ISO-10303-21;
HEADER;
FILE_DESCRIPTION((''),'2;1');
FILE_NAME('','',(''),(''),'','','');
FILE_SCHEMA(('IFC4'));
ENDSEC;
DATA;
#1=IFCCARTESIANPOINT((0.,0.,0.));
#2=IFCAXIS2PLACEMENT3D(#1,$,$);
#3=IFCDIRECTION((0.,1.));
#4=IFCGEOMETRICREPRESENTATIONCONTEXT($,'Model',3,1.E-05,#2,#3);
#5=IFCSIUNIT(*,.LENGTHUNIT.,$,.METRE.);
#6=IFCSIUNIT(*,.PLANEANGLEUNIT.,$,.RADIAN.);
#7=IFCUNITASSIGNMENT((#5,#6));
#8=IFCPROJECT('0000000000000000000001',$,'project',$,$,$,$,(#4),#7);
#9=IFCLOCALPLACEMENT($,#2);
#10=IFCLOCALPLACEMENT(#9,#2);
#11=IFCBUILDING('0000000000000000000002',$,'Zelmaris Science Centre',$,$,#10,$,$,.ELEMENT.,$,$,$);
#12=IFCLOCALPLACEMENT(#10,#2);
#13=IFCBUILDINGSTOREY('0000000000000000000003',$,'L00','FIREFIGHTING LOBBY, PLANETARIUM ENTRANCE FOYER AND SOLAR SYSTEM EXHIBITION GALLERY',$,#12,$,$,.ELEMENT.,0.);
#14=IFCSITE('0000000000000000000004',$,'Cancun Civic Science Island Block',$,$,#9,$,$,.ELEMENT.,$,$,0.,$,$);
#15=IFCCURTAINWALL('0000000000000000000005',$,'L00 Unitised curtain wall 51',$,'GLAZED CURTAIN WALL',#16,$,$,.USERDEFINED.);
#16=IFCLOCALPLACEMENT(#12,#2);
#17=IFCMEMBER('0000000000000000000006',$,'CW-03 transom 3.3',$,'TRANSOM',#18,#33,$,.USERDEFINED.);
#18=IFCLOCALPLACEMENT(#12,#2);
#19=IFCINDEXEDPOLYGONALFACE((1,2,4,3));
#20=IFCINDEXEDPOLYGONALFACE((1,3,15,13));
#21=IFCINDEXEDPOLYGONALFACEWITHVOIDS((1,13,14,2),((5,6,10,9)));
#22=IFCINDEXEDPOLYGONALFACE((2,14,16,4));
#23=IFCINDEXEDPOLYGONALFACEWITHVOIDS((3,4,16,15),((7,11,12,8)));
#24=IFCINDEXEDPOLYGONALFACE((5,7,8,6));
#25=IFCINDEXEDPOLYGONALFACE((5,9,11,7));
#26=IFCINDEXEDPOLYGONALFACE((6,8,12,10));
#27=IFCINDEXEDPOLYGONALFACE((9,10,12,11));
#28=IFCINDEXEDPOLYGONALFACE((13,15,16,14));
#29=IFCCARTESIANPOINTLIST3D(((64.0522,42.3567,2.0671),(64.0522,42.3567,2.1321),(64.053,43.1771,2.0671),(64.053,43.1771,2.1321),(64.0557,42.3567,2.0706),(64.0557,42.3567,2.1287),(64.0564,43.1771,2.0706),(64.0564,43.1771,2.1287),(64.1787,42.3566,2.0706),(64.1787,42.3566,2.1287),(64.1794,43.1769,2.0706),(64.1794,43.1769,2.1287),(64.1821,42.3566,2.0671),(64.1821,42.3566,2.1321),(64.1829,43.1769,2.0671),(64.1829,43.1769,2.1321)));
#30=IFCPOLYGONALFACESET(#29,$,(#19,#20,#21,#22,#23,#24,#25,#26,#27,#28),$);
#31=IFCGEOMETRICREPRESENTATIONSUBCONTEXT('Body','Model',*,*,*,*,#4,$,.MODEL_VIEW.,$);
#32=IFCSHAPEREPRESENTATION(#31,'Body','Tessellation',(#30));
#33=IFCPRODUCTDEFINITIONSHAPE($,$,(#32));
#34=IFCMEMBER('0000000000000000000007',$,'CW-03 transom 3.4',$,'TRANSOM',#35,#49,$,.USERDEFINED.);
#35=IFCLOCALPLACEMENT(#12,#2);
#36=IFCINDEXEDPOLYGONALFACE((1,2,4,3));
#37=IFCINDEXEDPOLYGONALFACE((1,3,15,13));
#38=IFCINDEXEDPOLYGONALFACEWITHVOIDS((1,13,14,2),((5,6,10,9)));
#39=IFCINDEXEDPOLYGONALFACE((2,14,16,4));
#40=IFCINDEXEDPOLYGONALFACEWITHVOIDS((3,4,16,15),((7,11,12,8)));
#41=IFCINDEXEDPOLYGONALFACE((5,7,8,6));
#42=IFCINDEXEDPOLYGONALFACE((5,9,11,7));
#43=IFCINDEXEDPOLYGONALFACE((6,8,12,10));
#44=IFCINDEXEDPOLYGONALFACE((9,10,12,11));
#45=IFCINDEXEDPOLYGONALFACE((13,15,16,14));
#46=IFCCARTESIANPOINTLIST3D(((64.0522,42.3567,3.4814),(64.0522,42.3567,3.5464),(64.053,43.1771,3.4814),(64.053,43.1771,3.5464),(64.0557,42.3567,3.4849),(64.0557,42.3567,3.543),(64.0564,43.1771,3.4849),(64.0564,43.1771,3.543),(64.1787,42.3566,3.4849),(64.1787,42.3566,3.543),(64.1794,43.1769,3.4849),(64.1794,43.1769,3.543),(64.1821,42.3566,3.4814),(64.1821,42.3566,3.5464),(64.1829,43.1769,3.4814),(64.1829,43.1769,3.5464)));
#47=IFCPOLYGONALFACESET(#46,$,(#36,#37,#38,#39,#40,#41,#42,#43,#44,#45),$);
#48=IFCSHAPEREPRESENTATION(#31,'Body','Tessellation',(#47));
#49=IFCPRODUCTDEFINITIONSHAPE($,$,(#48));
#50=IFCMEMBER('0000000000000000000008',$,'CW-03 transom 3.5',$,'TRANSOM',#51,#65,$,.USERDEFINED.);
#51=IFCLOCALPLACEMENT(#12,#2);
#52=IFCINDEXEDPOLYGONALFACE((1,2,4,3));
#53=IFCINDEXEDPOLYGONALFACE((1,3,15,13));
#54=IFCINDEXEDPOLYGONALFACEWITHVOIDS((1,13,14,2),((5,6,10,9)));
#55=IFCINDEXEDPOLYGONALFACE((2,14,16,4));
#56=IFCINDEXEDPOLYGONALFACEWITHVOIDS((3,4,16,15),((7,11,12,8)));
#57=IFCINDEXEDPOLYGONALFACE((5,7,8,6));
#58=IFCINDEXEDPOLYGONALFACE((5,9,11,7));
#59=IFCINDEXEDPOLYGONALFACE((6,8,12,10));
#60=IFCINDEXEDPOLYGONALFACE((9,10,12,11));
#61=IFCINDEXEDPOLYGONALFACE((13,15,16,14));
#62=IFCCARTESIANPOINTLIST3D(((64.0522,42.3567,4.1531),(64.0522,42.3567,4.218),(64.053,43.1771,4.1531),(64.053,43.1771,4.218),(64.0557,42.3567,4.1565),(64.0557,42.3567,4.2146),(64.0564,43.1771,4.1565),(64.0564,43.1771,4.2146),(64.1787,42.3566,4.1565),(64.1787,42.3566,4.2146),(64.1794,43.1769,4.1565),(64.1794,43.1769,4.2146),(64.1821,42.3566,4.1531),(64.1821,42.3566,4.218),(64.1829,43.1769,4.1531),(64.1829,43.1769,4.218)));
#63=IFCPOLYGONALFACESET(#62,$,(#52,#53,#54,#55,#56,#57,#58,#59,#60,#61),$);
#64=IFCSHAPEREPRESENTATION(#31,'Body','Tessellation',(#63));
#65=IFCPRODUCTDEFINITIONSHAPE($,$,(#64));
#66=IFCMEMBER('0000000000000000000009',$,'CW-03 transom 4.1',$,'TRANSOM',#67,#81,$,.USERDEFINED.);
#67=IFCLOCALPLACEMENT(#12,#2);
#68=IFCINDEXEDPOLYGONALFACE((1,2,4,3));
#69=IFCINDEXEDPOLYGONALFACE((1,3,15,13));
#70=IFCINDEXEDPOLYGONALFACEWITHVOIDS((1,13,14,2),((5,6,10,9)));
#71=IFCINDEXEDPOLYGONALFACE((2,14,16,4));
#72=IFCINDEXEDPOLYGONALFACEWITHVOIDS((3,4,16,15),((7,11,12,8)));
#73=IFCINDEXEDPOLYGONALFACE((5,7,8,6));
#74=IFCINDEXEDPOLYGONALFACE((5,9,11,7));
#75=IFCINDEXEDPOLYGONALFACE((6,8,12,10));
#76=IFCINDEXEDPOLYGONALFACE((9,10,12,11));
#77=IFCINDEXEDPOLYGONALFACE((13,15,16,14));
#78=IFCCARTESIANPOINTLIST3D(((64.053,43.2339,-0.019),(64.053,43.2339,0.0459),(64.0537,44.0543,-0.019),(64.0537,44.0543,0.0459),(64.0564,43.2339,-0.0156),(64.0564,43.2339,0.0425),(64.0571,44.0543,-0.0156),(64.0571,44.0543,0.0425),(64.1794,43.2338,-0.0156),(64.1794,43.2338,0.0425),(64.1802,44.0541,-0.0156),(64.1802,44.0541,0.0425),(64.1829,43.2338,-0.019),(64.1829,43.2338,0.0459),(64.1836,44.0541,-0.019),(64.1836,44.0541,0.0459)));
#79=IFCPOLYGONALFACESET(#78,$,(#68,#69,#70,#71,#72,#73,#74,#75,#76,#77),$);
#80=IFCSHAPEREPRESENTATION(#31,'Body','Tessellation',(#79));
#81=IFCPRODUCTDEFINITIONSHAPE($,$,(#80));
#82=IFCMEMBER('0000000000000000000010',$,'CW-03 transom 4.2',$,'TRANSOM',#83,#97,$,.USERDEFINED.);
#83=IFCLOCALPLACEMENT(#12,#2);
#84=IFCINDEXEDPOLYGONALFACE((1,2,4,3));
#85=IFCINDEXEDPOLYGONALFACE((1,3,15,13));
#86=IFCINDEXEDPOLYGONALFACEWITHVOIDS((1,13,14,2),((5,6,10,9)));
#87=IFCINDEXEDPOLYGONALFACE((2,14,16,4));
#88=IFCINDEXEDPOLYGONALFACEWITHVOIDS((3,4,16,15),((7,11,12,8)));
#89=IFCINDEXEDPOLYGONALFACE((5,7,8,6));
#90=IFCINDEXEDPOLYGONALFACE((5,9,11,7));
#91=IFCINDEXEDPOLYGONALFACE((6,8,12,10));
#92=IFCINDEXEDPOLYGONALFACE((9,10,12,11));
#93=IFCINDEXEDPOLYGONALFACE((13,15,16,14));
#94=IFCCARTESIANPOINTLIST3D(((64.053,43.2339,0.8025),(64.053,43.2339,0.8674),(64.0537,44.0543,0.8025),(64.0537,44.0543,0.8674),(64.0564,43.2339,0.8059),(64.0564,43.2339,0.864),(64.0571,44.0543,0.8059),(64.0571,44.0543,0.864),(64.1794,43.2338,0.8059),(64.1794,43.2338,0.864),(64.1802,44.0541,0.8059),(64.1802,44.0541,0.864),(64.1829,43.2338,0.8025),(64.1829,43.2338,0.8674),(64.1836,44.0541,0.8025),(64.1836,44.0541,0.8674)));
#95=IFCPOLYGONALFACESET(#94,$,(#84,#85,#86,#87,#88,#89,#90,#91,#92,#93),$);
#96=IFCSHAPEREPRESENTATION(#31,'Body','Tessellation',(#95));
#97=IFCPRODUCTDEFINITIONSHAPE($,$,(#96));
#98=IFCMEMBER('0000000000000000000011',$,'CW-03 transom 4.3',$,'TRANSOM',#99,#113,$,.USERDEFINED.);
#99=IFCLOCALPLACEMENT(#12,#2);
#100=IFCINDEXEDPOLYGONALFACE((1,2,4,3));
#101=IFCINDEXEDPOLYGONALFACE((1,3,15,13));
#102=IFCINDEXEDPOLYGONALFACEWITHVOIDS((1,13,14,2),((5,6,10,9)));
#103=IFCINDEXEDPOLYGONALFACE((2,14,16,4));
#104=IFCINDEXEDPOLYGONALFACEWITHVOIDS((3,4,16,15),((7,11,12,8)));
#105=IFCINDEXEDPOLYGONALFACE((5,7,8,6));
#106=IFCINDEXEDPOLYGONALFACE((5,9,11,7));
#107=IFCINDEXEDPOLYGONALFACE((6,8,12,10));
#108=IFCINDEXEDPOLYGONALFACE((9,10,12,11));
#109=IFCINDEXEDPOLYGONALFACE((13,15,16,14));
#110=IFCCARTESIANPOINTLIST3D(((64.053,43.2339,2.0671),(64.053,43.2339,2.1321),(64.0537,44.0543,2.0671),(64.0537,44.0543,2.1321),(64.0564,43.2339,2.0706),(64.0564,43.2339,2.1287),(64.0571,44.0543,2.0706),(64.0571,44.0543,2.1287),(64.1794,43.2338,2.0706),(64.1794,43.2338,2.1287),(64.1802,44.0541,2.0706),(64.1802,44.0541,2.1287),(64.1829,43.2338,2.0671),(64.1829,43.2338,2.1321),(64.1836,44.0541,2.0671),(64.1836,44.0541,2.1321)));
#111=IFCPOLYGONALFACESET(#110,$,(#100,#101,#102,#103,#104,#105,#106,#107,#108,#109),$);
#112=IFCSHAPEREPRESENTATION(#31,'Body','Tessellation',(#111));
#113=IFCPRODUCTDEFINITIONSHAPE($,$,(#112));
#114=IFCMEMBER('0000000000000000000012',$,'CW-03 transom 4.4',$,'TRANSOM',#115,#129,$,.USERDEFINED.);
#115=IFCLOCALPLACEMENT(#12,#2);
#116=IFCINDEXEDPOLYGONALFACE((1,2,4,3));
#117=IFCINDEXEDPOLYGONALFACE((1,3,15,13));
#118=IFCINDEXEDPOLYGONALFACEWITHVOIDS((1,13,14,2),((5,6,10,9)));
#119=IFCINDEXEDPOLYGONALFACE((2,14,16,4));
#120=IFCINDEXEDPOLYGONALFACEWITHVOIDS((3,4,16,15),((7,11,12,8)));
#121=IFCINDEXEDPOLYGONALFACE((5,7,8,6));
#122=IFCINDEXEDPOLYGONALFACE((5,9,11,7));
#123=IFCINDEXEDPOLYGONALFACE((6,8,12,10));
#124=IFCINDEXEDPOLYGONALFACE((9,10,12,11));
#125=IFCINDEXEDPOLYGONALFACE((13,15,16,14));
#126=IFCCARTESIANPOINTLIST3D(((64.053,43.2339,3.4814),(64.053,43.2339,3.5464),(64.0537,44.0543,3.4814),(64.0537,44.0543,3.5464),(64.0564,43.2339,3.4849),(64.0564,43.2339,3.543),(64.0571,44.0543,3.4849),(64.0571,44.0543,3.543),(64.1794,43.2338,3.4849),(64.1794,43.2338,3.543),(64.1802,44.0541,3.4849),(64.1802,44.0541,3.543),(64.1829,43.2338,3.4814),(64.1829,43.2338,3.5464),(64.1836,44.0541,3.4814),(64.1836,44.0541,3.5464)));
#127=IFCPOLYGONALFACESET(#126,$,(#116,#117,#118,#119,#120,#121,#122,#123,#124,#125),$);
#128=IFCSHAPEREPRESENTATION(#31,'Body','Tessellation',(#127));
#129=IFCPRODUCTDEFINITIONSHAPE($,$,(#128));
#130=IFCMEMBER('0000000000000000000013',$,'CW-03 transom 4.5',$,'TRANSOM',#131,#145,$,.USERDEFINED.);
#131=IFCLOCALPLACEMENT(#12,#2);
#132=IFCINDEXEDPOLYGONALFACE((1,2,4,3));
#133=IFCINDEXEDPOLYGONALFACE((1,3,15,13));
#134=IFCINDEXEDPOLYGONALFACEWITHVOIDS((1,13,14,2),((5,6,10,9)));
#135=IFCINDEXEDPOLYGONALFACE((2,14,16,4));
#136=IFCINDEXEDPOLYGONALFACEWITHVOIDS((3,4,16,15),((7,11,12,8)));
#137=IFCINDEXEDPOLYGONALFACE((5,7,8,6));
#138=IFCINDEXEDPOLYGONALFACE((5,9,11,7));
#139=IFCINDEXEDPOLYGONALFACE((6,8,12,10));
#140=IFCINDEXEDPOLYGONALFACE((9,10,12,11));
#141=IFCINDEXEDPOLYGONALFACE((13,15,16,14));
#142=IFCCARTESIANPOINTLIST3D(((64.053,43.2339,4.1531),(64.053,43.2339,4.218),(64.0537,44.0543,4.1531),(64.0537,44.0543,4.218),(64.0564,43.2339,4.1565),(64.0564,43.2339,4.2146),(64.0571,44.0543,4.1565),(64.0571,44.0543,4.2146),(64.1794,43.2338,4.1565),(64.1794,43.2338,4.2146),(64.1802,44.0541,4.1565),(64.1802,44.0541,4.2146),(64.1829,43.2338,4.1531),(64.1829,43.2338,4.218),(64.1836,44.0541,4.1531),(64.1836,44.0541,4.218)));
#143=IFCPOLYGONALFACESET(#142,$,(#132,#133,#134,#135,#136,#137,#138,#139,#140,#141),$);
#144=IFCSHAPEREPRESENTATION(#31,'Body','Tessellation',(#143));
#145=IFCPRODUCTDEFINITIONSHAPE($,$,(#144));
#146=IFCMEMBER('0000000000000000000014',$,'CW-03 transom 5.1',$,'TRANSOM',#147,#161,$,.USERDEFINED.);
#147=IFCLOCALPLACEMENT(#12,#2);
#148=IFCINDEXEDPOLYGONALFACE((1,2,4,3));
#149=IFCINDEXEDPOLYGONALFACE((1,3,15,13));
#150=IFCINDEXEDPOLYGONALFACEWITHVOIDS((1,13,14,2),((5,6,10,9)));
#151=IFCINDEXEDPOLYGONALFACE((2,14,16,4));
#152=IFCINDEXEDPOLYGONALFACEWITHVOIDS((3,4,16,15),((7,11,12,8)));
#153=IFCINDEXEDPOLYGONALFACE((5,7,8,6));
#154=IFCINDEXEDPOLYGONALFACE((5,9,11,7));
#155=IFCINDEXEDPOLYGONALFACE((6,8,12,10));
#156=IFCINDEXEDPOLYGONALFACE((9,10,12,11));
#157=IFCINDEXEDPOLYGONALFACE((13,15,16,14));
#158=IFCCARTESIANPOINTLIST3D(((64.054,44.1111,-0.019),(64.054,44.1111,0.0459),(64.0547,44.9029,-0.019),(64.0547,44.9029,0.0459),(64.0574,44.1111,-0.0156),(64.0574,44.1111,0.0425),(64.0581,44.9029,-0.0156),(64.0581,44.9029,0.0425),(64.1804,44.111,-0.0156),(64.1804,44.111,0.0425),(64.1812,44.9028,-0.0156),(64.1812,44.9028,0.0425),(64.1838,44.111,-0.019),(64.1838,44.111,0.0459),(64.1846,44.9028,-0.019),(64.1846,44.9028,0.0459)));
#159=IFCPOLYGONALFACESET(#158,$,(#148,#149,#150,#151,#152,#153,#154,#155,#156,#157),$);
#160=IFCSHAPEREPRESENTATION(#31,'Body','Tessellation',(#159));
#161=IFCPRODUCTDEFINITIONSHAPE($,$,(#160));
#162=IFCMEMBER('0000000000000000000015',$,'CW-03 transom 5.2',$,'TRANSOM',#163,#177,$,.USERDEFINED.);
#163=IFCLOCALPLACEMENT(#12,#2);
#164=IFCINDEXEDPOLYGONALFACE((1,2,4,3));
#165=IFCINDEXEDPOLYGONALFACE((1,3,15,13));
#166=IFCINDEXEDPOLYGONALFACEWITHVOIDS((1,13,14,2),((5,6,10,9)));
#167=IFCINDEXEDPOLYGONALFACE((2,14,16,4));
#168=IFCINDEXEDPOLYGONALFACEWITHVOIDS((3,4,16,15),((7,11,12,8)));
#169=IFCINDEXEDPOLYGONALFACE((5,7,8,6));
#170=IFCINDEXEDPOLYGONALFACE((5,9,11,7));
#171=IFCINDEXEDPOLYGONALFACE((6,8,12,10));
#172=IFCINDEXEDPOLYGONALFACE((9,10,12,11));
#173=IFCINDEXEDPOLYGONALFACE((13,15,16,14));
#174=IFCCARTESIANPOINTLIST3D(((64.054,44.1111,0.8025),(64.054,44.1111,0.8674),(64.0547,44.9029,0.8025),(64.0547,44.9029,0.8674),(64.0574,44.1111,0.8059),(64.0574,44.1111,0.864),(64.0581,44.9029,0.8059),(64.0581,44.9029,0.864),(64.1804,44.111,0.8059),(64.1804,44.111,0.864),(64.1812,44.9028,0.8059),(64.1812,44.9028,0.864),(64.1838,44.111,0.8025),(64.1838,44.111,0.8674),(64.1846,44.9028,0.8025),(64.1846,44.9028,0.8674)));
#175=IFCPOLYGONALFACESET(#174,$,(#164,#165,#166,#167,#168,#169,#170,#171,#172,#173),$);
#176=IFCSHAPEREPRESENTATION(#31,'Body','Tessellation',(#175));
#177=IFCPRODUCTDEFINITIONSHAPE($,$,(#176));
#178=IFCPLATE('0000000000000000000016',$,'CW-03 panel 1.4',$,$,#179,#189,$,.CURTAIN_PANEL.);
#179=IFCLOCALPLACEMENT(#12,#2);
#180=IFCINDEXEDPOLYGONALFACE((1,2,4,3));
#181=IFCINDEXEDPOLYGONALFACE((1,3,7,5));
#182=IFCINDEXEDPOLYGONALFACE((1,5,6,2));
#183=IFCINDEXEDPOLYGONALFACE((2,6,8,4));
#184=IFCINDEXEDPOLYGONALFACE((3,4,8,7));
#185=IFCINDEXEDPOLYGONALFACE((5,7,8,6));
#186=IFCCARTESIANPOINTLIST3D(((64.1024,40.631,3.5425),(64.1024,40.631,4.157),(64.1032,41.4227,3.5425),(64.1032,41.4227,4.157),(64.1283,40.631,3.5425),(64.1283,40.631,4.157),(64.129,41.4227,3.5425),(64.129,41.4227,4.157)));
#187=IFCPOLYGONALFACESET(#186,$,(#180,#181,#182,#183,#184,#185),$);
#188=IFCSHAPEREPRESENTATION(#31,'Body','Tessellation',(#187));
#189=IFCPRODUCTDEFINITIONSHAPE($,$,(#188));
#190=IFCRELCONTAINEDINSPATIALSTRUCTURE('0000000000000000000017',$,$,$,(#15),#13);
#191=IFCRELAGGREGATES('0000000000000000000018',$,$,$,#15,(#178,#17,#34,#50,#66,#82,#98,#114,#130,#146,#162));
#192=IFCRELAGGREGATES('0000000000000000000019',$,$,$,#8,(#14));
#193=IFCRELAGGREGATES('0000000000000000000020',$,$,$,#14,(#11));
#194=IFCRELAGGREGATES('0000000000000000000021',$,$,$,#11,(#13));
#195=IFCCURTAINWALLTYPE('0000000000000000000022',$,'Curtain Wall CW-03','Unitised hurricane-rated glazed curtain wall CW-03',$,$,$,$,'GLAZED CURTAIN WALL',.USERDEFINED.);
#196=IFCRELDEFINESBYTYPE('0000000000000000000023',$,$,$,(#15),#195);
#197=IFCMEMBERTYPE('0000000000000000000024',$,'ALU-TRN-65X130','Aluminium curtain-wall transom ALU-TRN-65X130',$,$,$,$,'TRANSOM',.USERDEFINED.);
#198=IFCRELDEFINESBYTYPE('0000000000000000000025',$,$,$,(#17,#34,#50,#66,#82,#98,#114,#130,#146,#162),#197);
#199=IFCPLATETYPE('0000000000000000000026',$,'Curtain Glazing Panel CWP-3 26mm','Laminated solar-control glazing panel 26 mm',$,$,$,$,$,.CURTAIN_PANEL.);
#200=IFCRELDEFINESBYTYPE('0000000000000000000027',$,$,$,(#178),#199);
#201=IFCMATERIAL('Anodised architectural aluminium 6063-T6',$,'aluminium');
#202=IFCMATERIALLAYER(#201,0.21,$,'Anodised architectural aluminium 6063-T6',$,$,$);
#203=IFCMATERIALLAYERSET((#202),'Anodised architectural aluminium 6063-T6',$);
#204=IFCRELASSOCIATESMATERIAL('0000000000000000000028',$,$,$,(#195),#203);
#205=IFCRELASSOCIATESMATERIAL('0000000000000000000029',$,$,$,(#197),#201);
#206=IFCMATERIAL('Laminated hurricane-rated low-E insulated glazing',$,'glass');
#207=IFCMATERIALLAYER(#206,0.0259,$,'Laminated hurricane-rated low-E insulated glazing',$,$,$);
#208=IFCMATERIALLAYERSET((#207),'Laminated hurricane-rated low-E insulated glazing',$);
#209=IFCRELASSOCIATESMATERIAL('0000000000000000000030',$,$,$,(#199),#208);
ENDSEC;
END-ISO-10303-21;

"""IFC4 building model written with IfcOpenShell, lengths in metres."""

from ifc_helpers import new_model, si_unit, direction, frame, origin, origin_2d, place, context, subcontext, project, spatial, rectangle, hollow_rectangle, extrude, material, layer, layer_set, material_profile, profile_set, type_object, element, aggregate, save


model = new_model("IFC4")

# Units and contexts
model_context = context("Model", 3, precision=1e-05, world=origin(), true_north=direction((0.0, 1.0)))
body_context = subcontext(model_context, "Body", "Model", "MODEL_VIEW")
ifc_project = project(units=[si_unit("LENGTHUNIT", "METRE"), si_unit("PLANEANGLEUNIT", "RADIAN")], contexts=[model_context])

# Site, building, storey
site_placement = place(None, origin())
site = spatial("IfcSite", under=ifc_project, at=site_placement, Name="Cancun Civic Science Island Block", CompositionType="ELEMENT", RefElevation=0.0)
building_placement = place(site_placement, origin())
building = spatial("IfcBuilding", under=site, at=building_placement, Name="Zelmaris Science Centre", CompositionType="ELEMENT")
storey_placement = place(building_placement, origin())
storey = spatial("IfcBuildingStorey", under=building, at=storey_placement, Name="L00", Description="FIREFIGHTING LOBBY, PLANETARIUM ENTRANCE FOYER AND SOLAR SYSTEM EXHIBITION GALLERY", CompositionType="ELEMENT", Elevation=0.0)

# Curtain wall, members, plate
ifc_material_1 = material(Name="Anodised architectural aluminium 6063-T6", Category="aluminium")
ifc_layer_1 = layer(ifc_material_1, 0.21, Name="Anodised architectural aluminium 6063-T6")
ifc_layer_set_1 = layer_set([ifc_layer_1], Name="Anodised architectural aluminium 6063-T6")
curtain_wall_type = type_object("IfcCurtainWallType", Name="Curtain Wall CW-03", Description="Unitised hurricane-rated glazed curtain wall CW-03", ElementType="GLAZED CURTAIN WALL", PredefinedType="USERDEFINED", material=ifc_layer_set_1)
curtain_wall_placement = place(storey_placement, origin())
curtain_wall = element("IfcCurtainWall", 1, at=curtain_wall_placement, inside=storey, type_object=curtain_wall_type, Name="L00 Unitised curtain wall 51", ObjectType="GLAZED CURTAIN WALL", PredefinedType="USERDEFINED")
ifc_material_profile_1 = material_profile(ifc_material_1, hollow_rectangle(XDim=0.0649, YDim=0.1299, WallThickness=0.0034, at=origin_2d()), Name="ALU-TRN-65X130")
ifc_profile_set_1 = profile_set([ifc_material_profile_1], Name="Anodised architectural aluminium 6063-T6")
member_type_1 = type_object("IfcMemberType", Name="ALU-TRN-65X130", Description="Aluminium curtain-wall transom ALU-TRN-65X130", ElementType="TRANSOM", PredefinedType="USERDEFINED", material=ifc_profile_set_1)
member_1_placement = place(storey_placement, frame((64.1172, 42.3567, 2.0996), z_axis=(0.000893, 1.0, 0.0), x_axis=(0.0, 0.0, 1.0)))
member_1 = element("IfcMember", 2, at=member_1_placement, type_object=member_type_1, Name="CW-03 transom 3.3", ObjectType="TRANSOM", PredefinedType="USERDEFINED", context=body_context, shape_type="SweptSolid", body=[
    extrude(hollow_rectangle(XDim=0.0649, YDim=0.1299, WallThickness=0.0034, at=origin_2d()), origin(), (0.0, 0.0, 1.0), 0.8203),
])
member_2_placement = place(storey_placement, frame((64.1172, 42.3567, 3.5139), z_axis=(0.000893, 1.0, 0.0), x_axis=(0.0, 0.0, 1.0)))
member_2 = element("IfcMember", 3, at=member_2_placement, type_object=member_type_1, Name="CW-03 transom 3.4", ObjectType="TRANSOM", PredefinedType="USERDEFINED", context=body_context, shape_type="SweptSolid", body=[
    extrude(hollow_rectangle(XDim=0.0649, YDim=0.1299, WallThickness=0.0034, at=origin_2d()), origin(), (0.0, 0.0, 1.0), 0.8203),
])
member_3_placement = place(storey_placement, frame((64.1172, 42.3567, 4.1855), z_axis=(0.000893, 1.0, 0.0), x_axis=(0.0, 0.0, 1.0)))
member_3 = element("IfcMember", 4, at=member_3_placement, type_object=member_type_1, Name="CW-03 transom 3.5", ObjectType="TRANSOM", PredefinedType="USERDEFINED", context=body_context, shape_type="SweptSolid", body=[
    extrude(hollow_rectangle(XDim=0.0649, YDim=0.1299, WallThickness=0.0034, at=origin_2d()), origin(), (0.0, 0.0, 1.0), 0.8203),
])
member_4_placement = place(storey_placement, frame((64.1179, 43.2339, 0.0134), z_axis=(0.000893, 1.0, 0.0), x_axis=(0.0, 0.0, 1.0)))
member_4 = element("IfcMember", 5, at=member_4_placement, type_object=member_type_1, Name="CW-03 transom 4.1", ObjectType="TRANSOM", PredefinedType="USERDEFINED", context=body_context, shape_type="SweptSolid", body=[
    extrude(hollow_rectangle(XDim=0.0649, YDim=0.1299, WallThickness=0.0034, at=origin_2d()), origin(), (0.0, 0.0, 1.0), 0.8203),
])
member_5_placement = place(storey_placement, frame((64.1179, 43.2339, 0.835), z_axis=(0.000893, 1.0, 0.0), x_axis=(0.0, 0.0, 1.0)))
member_5 = element("IfcMember", 6, at=member_5_placement, type_object=member_type_1, Name="CW-03 transom 4.2", ObjectType="TRANSOM", PredefinedType="USERDEFINED", context=body_context, shape_type="SweptSolid", body=[
    extrude(hollow_rectangle(XDim=0.0649, YDim=0.1299, WallThickness=0.0034, at=origin_2d()), origin(), (0.0, 0.0, 1.0), 0.8203),
])
member_6_placement = place(storey_placement, frame((64.1179, 43.2339, 2.0996), z_axis=(0.000893, 1.0, 0.0), x_axis=(0.0, 0.0, 1.0)))
member_6 = element("IfcMember", 7, at=member_6_placement, type_object=member_type_1, Name="CW-03 transom 4.3", ObjectType="TRANSOM", PredefinedType="USERDEFINED", context=body_context, shape_type="SweptSolid", body=[
    extrude(hollow_rectangle(XDim=0.0649, YDim=0.1299, WallThickness=0.0034, at=origin_2d()), origin(), (0.0, 0.0, 1.0), 0.8203),
])
member_7_placement = place(storey_placement, frame((64.1179, 43.2339, 3.5139), z_axis=(0.000893, 1.0, 0.0), x_axis=(0.0, 0.0, 1.0)))
member_7 = element("IfcMember", 8, at=member_7_placement, type_object=member_type_1, Name="CW-03 transom 4.4", ObjectType="TRANSOM", PredefinedType="USERDEFINED", context=body_context, shape_type="SweptSolid", body=[
    extrude(hollow_rectangle(XDim=0.0649, YDim=0.1299, WallThickness=0.0034, at=origin_2d()), origin(), (0.0, 0.0, 1.0), 0.8203),
])
member_8_placement = place(storey_placement, frame((64.1179, 43.2339, 4.1855), z_axis=(0.000893, 1.0, 0.0), x_axis=(0.0, 0.0, 1.0)))
member_8 = element("IfcMember", 9, at=member_8_placement, type_object=member_type_1, Name="CW-03 transom 4.5", ObjectType="TRANSOM", PredefinedType="USERDEFINED", context=body_context, shape_type="SweptSolid", body=[
    extrude(hollow_rectangle(XDim=0.0649, YDim=0.1299, WallThickness=0.0034, at=origin_2d()), origin(), (0.0, 0.0, 1.0), 0.8203),
])
member_9_placement = place(storey_placement, frame((64.1189, 44.1111, 0.0134), z_axis=(0.000925, 1.0, 0.0), x_axis=(0.0, 0.0, 1.0)))
member_9 = element("IfcMember", 10, at=member_9_placement, type_object=member_type_1, Name="CW-03 transom 5.1", ObjectType="TRANSOM", PredefinedType="USERDEFINED", context=body_context, shape_type="SweptSolid", body=[
    extrude(hollow_rectangle(XDim=0.0649, YDim=0.1299, WallThickness=0.0034, at=origin_2d()), origin(), (0.0, 0.0, 1.0), 0.7917),
])
member_10_placement = place(storey_placement, frame((64.1189, 44.1111, 0.835), z_axis=(0.000925, 1.0, 0.0), x_axis=(0.0, 0.0, 1.0)))
member_10 = element("IfcMember", 11, at=member_10_placement, type_object=member_type_1, Name="CW-03 transom 5.2", ObjectType="TRANSOM", PredefinedType="USERDEFINED", context=body_context, shape_type="SweptSolid", body=[
    extrude(hollow_rectangle(XDim=0.0649, YDim=0.1299, WallThickness=0.0034, at=origin_2d()), origin(), (0.0, 0.0, 1.0), 0.7917),
])
ifc_material_2 = material(Name="Laminated hurricane-rated low-E insulated glazing", Category="glass")
ifc_layer_2 = layer(ifc_material_2, 0.0259, Name="Laminated hurricane-rated low-E insulated glazing")
ifc_layer_set_2 = layer_set([ifc_layer_2], Name="Laminated hurricane-rated low-E insulated glazing")
plate_type = type_object("IfcPlateType", Name="Curtain Glazing Panel CWP-3 26mm", Description="Laminated solar-control glazing panel 26 mm", PredefinedType="CURTAIN_PANEL", material=ifc_layer_set_2)
plate_1_placement = place(storey_placement, frame((64.1157, 41.0269, 3.5425), z_axis=(0.0, 0.0, 1.0), x_axis=(0.000958, 1.0, 0.0)))
plate_1 = element("IfcPlate", 12, at=plate_1_placement, type_object=plate_type, Name="CW-03 panel 1.4", PredefinedType="CURTAIN_PANEL", context=body_context, shape_type="SweptSolid", body=[
    extrude(rectangle(XDim=0.7917, YDim=0.0259, at=origin_2d()), origin(), (0.0, 0.0, 1.0), 0.6145),
])
aggregate(curtain_wall, [plate_1, member_1, member_2, member_3, member_4, member_5, member_6, member_7, member_8, member_9, member_10])

save(model, "model.ifc")
